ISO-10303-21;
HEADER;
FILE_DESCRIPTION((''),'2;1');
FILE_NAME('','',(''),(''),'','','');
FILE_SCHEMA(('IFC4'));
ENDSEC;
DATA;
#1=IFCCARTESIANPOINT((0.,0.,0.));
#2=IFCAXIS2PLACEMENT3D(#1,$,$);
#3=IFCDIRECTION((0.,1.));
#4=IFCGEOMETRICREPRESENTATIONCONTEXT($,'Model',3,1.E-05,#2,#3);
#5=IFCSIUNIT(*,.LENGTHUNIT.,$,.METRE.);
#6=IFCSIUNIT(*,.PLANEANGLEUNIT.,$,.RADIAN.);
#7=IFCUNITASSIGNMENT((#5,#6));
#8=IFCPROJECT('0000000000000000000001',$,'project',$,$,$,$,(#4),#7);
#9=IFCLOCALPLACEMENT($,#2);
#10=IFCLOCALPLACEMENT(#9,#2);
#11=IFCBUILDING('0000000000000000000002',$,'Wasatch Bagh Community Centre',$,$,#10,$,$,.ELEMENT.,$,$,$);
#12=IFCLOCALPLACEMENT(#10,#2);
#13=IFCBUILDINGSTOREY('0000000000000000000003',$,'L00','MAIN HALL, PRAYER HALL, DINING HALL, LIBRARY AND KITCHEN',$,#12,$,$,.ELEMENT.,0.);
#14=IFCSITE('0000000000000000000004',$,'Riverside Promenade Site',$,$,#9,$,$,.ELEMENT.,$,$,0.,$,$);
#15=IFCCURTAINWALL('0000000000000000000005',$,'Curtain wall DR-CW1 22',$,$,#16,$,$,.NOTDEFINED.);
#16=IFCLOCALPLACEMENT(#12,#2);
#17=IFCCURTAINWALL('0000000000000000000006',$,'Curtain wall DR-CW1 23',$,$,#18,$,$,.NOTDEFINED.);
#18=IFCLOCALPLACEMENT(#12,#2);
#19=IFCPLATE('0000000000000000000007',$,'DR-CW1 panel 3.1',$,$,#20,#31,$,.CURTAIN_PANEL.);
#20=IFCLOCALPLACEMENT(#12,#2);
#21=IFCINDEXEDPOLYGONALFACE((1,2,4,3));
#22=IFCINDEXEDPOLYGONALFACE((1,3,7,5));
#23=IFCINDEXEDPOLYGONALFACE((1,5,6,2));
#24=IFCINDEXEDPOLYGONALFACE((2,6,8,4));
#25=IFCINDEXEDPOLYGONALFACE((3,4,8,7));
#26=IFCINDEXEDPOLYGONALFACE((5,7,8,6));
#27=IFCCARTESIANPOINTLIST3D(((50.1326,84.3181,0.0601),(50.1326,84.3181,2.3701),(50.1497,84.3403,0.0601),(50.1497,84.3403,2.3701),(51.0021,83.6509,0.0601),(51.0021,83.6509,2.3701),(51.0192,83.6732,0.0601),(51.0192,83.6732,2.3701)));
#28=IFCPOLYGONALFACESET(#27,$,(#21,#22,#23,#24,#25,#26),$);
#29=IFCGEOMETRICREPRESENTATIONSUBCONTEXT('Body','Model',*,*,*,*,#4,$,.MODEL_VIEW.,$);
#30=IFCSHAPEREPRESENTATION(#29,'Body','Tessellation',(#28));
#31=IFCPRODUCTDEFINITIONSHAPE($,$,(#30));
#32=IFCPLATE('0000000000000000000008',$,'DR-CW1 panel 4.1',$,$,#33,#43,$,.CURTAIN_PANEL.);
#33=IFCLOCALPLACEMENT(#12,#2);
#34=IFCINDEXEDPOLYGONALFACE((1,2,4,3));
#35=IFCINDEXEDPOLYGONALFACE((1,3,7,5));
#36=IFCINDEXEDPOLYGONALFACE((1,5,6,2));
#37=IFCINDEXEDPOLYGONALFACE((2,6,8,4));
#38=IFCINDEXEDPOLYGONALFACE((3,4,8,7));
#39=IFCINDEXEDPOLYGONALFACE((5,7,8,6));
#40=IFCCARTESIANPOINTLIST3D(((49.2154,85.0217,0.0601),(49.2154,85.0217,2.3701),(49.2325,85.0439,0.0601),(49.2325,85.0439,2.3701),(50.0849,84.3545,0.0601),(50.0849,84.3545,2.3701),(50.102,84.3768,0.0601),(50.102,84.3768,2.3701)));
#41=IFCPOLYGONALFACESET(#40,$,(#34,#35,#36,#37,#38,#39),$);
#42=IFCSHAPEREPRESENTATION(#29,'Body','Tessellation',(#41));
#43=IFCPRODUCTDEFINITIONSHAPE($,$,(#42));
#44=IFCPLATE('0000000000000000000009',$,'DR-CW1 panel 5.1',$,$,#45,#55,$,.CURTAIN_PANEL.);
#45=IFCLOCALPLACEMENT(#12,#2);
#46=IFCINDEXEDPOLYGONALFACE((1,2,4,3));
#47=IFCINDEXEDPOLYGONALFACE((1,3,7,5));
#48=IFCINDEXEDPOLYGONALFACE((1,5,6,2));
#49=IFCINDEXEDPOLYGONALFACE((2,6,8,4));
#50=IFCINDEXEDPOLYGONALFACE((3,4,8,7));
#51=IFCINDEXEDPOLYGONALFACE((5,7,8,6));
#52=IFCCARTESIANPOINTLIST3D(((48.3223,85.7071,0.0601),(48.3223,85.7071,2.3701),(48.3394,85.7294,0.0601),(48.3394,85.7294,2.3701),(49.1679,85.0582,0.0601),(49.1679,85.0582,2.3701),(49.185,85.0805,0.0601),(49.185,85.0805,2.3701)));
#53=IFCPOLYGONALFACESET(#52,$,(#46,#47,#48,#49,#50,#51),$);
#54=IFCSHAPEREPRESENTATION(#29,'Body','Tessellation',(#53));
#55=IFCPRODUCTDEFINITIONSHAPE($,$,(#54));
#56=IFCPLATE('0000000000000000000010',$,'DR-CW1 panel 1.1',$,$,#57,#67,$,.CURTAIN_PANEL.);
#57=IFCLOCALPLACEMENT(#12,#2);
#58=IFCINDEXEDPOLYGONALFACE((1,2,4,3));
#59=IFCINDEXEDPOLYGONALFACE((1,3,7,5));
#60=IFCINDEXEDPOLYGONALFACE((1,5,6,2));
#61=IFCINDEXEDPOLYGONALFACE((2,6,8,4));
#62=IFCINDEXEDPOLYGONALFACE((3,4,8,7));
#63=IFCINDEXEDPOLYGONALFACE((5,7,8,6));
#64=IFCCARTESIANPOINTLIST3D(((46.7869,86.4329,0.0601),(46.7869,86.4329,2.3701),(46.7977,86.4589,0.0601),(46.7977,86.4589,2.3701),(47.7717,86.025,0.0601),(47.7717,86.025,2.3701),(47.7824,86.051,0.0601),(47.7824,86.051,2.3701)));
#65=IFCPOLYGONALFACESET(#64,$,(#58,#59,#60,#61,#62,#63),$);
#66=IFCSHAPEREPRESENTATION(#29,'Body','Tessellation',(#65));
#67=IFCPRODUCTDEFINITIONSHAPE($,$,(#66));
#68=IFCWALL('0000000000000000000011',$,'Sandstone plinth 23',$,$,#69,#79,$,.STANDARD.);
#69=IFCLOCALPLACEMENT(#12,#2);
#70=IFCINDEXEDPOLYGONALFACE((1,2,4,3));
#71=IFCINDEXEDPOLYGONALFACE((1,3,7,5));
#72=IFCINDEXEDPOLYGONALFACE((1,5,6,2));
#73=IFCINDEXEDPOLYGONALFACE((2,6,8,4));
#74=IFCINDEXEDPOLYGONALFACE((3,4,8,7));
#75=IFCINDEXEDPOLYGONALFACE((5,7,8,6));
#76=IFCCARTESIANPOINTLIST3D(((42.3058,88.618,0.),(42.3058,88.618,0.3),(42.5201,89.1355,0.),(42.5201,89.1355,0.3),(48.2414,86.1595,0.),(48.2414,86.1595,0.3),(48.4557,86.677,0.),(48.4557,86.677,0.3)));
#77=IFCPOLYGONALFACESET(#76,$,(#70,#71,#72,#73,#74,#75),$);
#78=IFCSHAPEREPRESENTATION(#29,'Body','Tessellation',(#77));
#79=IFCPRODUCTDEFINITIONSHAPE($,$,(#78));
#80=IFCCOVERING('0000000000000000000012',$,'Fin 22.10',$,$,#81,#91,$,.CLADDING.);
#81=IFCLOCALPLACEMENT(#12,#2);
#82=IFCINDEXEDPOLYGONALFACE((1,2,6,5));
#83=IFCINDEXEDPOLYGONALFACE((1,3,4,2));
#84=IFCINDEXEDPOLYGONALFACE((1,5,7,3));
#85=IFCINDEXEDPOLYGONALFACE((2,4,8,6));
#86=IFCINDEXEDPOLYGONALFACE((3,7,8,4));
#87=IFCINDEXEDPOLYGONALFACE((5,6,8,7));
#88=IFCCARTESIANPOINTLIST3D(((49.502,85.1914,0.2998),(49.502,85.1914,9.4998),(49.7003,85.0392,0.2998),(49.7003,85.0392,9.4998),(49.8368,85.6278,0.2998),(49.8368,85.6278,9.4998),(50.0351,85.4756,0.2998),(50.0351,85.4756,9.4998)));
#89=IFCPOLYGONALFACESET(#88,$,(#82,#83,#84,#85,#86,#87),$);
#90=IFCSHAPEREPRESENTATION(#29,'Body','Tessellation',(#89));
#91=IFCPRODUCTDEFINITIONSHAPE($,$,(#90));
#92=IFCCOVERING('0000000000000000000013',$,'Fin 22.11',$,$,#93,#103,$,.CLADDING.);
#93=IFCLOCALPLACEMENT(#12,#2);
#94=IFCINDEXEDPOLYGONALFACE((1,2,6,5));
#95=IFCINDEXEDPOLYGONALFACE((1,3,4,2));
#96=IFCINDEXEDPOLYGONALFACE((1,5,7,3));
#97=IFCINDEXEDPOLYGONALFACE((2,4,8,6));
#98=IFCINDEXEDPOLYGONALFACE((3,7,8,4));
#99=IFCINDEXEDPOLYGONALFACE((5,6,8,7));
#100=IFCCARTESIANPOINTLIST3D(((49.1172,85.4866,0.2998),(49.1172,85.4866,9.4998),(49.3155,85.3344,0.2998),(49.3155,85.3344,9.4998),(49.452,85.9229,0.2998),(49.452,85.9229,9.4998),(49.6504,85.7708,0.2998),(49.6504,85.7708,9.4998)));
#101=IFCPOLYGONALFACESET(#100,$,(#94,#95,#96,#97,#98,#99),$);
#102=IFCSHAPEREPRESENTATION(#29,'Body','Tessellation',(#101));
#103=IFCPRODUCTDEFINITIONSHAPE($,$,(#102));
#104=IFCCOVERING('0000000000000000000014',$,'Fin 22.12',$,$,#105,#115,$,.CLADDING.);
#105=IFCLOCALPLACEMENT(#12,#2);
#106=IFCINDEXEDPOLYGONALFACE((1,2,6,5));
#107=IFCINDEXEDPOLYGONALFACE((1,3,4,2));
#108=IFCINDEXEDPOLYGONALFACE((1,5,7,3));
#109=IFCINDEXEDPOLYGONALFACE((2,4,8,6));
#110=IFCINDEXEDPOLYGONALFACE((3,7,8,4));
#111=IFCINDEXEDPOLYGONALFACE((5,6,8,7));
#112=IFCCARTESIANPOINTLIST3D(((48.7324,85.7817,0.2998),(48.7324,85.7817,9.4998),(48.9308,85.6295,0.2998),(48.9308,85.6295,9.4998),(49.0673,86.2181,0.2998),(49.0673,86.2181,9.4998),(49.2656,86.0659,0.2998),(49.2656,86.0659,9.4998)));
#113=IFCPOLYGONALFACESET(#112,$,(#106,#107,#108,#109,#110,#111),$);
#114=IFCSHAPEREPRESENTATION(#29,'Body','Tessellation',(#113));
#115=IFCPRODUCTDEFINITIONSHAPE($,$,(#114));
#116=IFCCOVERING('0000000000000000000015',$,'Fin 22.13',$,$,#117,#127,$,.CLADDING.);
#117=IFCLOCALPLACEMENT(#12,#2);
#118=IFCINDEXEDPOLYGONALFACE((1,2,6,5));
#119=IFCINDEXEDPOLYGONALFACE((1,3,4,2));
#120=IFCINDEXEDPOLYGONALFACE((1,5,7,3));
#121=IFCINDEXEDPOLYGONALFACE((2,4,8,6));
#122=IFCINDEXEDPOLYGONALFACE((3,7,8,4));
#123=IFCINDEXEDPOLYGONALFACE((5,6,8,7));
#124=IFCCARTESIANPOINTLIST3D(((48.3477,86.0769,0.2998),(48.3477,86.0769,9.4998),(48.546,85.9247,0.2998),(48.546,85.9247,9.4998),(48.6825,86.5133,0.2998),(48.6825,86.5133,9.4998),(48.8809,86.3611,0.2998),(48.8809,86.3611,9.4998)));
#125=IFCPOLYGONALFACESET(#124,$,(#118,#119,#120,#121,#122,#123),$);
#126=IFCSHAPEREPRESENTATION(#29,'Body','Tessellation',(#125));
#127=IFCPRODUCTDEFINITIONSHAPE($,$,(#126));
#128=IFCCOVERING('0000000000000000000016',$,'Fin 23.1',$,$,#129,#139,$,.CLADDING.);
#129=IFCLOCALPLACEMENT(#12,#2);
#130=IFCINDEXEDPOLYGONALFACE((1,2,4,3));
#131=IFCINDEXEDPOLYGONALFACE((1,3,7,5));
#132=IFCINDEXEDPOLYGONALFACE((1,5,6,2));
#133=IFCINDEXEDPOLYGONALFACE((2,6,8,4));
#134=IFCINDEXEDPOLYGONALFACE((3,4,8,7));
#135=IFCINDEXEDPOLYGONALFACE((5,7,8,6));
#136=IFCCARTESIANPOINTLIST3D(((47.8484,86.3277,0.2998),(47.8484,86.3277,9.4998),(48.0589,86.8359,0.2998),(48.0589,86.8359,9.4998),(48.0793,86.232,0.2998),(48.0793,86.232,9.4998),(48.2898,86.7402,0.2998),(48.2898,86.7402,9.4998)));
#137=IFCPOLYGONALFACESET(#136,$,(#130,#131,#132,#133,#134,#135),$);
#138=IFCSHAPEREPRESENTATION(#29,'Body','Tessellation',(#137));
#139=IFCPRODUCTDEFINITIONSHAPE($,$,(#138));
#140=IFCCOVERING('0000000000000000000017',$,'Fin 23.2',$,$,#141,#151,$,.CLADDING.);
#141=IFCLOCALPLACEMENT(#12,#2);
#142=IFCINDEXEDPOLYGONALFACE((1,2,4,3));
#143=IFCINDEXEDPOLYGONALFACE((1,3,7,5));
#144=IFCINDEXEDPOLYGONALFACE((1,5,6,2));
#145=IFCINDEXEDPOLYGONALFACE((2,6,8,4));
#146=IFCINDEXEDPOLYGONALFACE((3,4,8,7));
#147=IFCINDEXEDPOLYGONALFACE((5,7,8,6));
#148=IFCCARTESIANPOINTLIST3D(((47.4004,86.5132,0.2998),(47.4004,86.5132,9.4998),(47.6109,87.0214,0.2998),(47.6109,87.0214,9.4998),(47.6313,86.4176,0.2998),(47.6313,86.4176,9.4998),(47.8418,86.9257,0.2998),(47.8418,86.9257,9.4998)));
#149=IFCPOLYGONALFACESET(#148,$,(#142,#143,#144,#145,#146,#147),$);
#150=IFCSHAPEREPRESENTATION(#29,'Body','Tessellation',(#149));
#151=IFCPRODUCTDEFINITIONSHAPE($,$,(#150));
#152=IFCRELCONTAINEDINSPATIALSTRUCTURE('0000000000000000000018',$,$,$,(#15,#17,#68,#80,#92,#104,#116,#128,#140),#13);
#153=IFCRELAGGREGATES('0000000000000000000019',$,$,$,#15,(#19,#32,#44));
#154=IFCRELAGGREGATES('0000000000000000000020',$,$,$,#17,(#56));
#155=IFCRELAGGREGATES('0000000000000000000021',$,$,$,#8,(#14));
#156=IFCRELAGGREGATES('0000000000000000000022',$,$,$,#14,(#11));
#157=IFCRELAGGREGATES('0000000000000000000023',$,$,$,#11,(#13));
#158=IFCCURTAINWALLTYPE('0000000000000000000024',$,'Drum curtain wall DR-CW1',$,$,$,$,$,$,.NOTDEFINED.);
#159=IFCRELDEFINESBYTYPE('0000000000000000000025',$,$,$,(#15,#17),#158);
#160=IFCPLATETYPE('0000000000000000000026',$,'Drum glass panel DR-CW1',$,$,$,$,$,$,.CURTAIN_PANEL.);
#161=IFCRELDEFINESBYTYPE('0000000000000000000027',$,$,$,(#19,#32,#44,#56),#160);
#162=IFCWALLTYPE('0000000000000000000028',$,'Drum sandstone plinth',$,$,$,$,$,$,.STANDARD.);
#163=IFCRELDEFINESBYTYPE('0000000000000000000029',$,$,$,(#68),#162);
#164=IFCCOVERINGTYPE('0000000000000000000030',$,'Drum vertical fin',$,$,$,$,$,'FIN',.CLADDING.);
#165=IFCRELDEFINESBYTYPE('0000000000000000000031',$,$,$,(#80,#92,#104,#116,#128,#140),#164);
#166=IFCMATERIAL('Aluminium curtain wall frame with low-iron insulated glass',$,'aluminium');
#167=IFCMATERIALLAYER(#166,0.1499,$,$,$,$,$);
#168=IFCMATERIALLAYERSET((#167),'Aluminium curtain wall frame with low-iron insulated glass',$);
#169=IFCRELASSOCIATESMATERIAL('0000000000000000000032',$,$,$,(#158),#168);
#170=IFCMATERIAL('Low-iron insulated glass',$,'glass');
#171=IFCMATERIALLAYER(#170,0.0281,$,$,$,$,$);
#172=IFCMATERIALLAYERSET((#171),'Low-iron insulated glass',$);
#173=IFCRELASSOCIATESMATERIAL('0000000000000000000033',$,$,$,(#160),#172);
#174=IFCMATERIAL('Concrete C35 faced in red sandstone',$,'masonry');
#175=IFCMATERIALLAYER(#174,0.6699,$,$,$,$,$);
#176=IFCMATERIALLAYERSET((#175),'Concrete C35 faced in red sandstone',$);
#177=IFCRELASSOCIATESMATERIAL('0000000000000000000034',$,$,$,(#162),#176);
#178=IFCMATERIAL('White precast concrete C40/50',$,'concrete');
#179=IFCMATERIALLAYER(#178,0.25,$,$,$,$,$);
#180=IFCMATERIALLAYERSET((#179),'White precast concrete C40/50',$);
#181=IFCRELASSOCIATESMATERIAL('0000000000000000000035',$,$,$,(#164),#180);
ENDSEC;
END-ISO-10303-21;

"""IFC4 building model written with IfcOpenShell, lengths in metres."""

from ifc_helpers import new_model, si_unit, direction, frame, frame_2d, origin, origin_2d, place, context, subcontext, project, spatial, rectangle, extrude, material, layer, layer_set, type_object, element, aggregate, save


model = new_model("IFC4")

# Units and contexts
model_context = context("Model", 3, precision=1e-05, world=origin(), true_north=direction((0.0, 1.0)))
body_context = subcontext(model_context, "Body", "Model", "MODEL_VIEW")
ifc_project = project(units=[si_unit("LENGTHUNIT", "METRE"), si_unit("PLANEANGLEUNIT", "RADIAN")], contexts=[model_context])

# Site, building, storey
site_placement = place(None, origin())
site = spatial("IfcSite", under=ifc_project, at=site_placement, Name="Riverside Promenade Site", CompositionType="ELEMENT", RefElevation=0.0)
building_placement = place(site_placement, origin())
building = spatial("IfcBuilding", under=site, at=building_placement, Name="Wasatch Bagh Community Centre", CompositionType="ELEMENT")
storey_placement = place(building_placement, origin())
storey = spatial("IfcBuildingStorey", under=building, at=storey_placement, Name="L00", Description="MAIN HALL, PRAYER HALL, DINING HALL, LIBRARY AND KITCHEN", CompositionType="ELEMENT", Elevation=0.0)

# Curtain wall
ifc_material_1 = material(Name="Aluminium curtain wall frame with low-iron insulated glass", Category="aluminium")
ifc_layer_1 = layer(ifc_material_1, 0.1499)
ifc_layer_set_1 = layer_set([ifc_layer_1], Name="Aluminium curtain wall frame with low-iron insulated glass")
curtain_wall_type = type_object("IfcCurtainWallType", Name="Drum curtain wall DR-CW1", PredefinedType="NOTDEFINED", material=ifc_layer_set_1)
curtain_wall_1_placement = place(storey_placement, origin())
curtain_wall_1 = element("IfcCurtainWall", 1, at=curtain_wall_1_placement, inside=storey, type_object=curtain_wall_type, Name="Curtain wall DR-CW1 22", PredefinedType="NOTDEFINED")

# Curtain wall
curtain_wall_2_placement = place(storey_placement, origin())
curtain_wall_2 = element("IfcCurtainWall", 2, at=curtain_wall_2_placement, inside=storey, type_object=curtain_wall_type, Name="Curtain wall DR-CW1 23", PredefinedType="NOTDEFINED")

# Plates
ifc_material_2 = material(Name="Low-iron insulated glass", Category="glass")
ifc_layer_2 = layer(ifc_material_2, 0.0281)
ifc_layer_set_2 = layer_set([ifc_layer_2], Name="Low-iron insulated glass")
plate_type = type_object("IfcPlateType", Name="Drum glass panel DR-CW1", PredefinedType="CURTAIN_PANEL", material=ifc_layer_set_2)
plate_1_placement = place(storey_placement, frame((50.5759, 83.9956, 0.0601), z_axis=(0.0, 0.0, 1.0), x_axis=(-0.793353, 0.608761, 0.0)))
plate_1 = element("IfcPlate", 3, at=plate_1_placement, type_object=plate_type, Name="DR-CW1 panel 3.1", PredefinedType="CURTAIN_PANEL", context=body_context, shape_type="SweptSolid", body=[
    extrude(rectangle(XDim=1.0959, YDim=0.0281, at=origin_2d()), origin(), (0.0, 0.0, 1.0), 2.3101),
])
plate_2_placement = place(storey_placement, frame((49.6587, 84.6992, 0.0601), z_axis=(0.0, 0.0, 1.0), x_axis=(-0.793353, 0.608761, 0.0)))
plate_2 = element("IfcPlate", 4, at=plate_2_placement, type_object=plate_type, Name="DR-CW1 panel 4.1", PredefinedType="CURTAIN_PANEL", context=body_context, shape_type="SweptSolid", body=[
    extrude(rectangle(XDim=1.0959, YDim=0.0281, at=origin_2d()), origin(), (0.0, 0.0, 1.0), 2.3101),
])
plate_3_placement = place(storey_placement, frame((48.7537, 85.3938, 0.0601), z_axis=(0.0, 0.0, 1.0), x_axis=(-0.793353, 0.608761, 0.0)))
plate_3 = element("IfcPlate", 5, at=plate_3_placement, type_object=plate_type, Name="DR-CW1 panel 5.1", PredefinedType="CURTAIN_PANEL", context=body_context, shape_type="SweptSolid", body=[
    extrude(rectangle(XDim=1.0659, YDim=0.0281, at=origin_2d()), origin(), (0.0, 0.0, 1.0), 2.3101),
])
aggregate(curtain_wall_1, [plate_1, plate_2, plate_3])
plate_4_placement = place(storey_placement, frame((47.2847, 86.2419, 0.0601), z_axis=(0.0, 0.0, 1.0), x_axis=(-0.92388, 0.382683, 0.0)))
plate_4 = element("IfcPlate", 6, at=plate_4_placement, type_object=plate_type, Name="DR-CW1 panel 1.1", PredefinedType="CURTAIN_PANEL", context=body_context, shape_type="SweptSolid", body=[
    extrude(rectangle(XDim=1.0659, YDim=0.0281, at=origin_2d()), origin(), (0.0, 0.0, 1.0), 2.3101),
])
aggregate(curtain_wall_2, [plate_4])

# Wall
ifc_material_3 = material(Name="Concrete C35 faced in red sandstone", Category="masonry")
ifc_layer_3 = layer(ifc_material_3, 0.6699)
ifc_layer_set_3 = layer_set([ifc_layer_3], Name="Concrete C35 faced in red sandstone")
wall_type = type_object("IfcWallType", Name="Drum sandstone plinth", PredefinedType="STANDARD", material=ifc_layer_set_3)
wall_placement = place(storey_placement, frame((48.3486, 86.4182, 0.0), z_axis=(0.0, 0.0, 1.0), x_axis=(-0.923884, 0.382672, 0.0)))
element("IfcWall", 7, at=wall_placement, inside=storey, type_object=wall_type, Name="Sandstone plinth 23", PredefinedType="STANDARD", context=body_context, shape_type="SweptSolid", body=[
    extrude(rectangle(XDim=6.4246, YDim=0.5601, at=frame_2d((3.2124, 0.0))), origin(), (0.0, 0.0, 1.0), 0.3),
])

# Coverings
ifc_material_4 = material(Name="White precast concrete C40/50", Category="concrete")
ifc_layer_4 = layer(ifc_material_4, 0.25)
ifc_layer_set_4 = layer_set([ifc_layer_4], Name="White precast concrete C40/50")
covering_type = type_object("IfcCoveringType", Name="Drum vertical fin", ElementType="FIN", PredefinedType="CLADDING", material=ifc_layer_set_4)
for number, where, z_axis, x_axis, name in (
    (8, (49.7686, 85.3335, 0.2998), (0.0, 0.0, 1.0), (-0.793353, 0.608761, 0.0), "Fin 22.10"),
    (9, (49.3838, 85.6287, 0.2998), (0.0, 0.0, 1.0), (-0.793353, 0.608761, 0.0), "Fin 22.11"),
    (10, (48.999, 85.9238, 0.2998), (0.0, 0.0, 1.0), (-0.793353, 0.608761, 0.0), "Fin 22.12"),
    (11, (48.6143, 86.219, 0.2998), (0.0, 0.0, 1.0), (-0.793353, 0.608761, 0.0), "Fin 22.13"),
    (12, (48.0691, 86.5339, 0.2998), (0.0, 0.0, 1.0), (-0.92388, 0.382683, 0.0), "Fin 23.1"),
    (13, (47.6211, 86.7195, 0.2998), (0.0, 0.0, 1.0), (-0.92388, 0.382683, 0.0), "Fin 23.2"),
):
    element("IfcCovering", number, at=place(storey_placement, frame(where, z_axis=z_axis, x_axis=x_axis)), inside=storey, type_object=covering_type, Name=name, PredefinedType="CLADDING", context=body_context, shape_type="SweptSolid", body=[
        extrude(rectangle(XDim=0.25, YDim=0.55, at=origin_2d()), origin(), (0.0, 0.0, 1.0), 9.2),
    ])

save(model, "model.ifc")
